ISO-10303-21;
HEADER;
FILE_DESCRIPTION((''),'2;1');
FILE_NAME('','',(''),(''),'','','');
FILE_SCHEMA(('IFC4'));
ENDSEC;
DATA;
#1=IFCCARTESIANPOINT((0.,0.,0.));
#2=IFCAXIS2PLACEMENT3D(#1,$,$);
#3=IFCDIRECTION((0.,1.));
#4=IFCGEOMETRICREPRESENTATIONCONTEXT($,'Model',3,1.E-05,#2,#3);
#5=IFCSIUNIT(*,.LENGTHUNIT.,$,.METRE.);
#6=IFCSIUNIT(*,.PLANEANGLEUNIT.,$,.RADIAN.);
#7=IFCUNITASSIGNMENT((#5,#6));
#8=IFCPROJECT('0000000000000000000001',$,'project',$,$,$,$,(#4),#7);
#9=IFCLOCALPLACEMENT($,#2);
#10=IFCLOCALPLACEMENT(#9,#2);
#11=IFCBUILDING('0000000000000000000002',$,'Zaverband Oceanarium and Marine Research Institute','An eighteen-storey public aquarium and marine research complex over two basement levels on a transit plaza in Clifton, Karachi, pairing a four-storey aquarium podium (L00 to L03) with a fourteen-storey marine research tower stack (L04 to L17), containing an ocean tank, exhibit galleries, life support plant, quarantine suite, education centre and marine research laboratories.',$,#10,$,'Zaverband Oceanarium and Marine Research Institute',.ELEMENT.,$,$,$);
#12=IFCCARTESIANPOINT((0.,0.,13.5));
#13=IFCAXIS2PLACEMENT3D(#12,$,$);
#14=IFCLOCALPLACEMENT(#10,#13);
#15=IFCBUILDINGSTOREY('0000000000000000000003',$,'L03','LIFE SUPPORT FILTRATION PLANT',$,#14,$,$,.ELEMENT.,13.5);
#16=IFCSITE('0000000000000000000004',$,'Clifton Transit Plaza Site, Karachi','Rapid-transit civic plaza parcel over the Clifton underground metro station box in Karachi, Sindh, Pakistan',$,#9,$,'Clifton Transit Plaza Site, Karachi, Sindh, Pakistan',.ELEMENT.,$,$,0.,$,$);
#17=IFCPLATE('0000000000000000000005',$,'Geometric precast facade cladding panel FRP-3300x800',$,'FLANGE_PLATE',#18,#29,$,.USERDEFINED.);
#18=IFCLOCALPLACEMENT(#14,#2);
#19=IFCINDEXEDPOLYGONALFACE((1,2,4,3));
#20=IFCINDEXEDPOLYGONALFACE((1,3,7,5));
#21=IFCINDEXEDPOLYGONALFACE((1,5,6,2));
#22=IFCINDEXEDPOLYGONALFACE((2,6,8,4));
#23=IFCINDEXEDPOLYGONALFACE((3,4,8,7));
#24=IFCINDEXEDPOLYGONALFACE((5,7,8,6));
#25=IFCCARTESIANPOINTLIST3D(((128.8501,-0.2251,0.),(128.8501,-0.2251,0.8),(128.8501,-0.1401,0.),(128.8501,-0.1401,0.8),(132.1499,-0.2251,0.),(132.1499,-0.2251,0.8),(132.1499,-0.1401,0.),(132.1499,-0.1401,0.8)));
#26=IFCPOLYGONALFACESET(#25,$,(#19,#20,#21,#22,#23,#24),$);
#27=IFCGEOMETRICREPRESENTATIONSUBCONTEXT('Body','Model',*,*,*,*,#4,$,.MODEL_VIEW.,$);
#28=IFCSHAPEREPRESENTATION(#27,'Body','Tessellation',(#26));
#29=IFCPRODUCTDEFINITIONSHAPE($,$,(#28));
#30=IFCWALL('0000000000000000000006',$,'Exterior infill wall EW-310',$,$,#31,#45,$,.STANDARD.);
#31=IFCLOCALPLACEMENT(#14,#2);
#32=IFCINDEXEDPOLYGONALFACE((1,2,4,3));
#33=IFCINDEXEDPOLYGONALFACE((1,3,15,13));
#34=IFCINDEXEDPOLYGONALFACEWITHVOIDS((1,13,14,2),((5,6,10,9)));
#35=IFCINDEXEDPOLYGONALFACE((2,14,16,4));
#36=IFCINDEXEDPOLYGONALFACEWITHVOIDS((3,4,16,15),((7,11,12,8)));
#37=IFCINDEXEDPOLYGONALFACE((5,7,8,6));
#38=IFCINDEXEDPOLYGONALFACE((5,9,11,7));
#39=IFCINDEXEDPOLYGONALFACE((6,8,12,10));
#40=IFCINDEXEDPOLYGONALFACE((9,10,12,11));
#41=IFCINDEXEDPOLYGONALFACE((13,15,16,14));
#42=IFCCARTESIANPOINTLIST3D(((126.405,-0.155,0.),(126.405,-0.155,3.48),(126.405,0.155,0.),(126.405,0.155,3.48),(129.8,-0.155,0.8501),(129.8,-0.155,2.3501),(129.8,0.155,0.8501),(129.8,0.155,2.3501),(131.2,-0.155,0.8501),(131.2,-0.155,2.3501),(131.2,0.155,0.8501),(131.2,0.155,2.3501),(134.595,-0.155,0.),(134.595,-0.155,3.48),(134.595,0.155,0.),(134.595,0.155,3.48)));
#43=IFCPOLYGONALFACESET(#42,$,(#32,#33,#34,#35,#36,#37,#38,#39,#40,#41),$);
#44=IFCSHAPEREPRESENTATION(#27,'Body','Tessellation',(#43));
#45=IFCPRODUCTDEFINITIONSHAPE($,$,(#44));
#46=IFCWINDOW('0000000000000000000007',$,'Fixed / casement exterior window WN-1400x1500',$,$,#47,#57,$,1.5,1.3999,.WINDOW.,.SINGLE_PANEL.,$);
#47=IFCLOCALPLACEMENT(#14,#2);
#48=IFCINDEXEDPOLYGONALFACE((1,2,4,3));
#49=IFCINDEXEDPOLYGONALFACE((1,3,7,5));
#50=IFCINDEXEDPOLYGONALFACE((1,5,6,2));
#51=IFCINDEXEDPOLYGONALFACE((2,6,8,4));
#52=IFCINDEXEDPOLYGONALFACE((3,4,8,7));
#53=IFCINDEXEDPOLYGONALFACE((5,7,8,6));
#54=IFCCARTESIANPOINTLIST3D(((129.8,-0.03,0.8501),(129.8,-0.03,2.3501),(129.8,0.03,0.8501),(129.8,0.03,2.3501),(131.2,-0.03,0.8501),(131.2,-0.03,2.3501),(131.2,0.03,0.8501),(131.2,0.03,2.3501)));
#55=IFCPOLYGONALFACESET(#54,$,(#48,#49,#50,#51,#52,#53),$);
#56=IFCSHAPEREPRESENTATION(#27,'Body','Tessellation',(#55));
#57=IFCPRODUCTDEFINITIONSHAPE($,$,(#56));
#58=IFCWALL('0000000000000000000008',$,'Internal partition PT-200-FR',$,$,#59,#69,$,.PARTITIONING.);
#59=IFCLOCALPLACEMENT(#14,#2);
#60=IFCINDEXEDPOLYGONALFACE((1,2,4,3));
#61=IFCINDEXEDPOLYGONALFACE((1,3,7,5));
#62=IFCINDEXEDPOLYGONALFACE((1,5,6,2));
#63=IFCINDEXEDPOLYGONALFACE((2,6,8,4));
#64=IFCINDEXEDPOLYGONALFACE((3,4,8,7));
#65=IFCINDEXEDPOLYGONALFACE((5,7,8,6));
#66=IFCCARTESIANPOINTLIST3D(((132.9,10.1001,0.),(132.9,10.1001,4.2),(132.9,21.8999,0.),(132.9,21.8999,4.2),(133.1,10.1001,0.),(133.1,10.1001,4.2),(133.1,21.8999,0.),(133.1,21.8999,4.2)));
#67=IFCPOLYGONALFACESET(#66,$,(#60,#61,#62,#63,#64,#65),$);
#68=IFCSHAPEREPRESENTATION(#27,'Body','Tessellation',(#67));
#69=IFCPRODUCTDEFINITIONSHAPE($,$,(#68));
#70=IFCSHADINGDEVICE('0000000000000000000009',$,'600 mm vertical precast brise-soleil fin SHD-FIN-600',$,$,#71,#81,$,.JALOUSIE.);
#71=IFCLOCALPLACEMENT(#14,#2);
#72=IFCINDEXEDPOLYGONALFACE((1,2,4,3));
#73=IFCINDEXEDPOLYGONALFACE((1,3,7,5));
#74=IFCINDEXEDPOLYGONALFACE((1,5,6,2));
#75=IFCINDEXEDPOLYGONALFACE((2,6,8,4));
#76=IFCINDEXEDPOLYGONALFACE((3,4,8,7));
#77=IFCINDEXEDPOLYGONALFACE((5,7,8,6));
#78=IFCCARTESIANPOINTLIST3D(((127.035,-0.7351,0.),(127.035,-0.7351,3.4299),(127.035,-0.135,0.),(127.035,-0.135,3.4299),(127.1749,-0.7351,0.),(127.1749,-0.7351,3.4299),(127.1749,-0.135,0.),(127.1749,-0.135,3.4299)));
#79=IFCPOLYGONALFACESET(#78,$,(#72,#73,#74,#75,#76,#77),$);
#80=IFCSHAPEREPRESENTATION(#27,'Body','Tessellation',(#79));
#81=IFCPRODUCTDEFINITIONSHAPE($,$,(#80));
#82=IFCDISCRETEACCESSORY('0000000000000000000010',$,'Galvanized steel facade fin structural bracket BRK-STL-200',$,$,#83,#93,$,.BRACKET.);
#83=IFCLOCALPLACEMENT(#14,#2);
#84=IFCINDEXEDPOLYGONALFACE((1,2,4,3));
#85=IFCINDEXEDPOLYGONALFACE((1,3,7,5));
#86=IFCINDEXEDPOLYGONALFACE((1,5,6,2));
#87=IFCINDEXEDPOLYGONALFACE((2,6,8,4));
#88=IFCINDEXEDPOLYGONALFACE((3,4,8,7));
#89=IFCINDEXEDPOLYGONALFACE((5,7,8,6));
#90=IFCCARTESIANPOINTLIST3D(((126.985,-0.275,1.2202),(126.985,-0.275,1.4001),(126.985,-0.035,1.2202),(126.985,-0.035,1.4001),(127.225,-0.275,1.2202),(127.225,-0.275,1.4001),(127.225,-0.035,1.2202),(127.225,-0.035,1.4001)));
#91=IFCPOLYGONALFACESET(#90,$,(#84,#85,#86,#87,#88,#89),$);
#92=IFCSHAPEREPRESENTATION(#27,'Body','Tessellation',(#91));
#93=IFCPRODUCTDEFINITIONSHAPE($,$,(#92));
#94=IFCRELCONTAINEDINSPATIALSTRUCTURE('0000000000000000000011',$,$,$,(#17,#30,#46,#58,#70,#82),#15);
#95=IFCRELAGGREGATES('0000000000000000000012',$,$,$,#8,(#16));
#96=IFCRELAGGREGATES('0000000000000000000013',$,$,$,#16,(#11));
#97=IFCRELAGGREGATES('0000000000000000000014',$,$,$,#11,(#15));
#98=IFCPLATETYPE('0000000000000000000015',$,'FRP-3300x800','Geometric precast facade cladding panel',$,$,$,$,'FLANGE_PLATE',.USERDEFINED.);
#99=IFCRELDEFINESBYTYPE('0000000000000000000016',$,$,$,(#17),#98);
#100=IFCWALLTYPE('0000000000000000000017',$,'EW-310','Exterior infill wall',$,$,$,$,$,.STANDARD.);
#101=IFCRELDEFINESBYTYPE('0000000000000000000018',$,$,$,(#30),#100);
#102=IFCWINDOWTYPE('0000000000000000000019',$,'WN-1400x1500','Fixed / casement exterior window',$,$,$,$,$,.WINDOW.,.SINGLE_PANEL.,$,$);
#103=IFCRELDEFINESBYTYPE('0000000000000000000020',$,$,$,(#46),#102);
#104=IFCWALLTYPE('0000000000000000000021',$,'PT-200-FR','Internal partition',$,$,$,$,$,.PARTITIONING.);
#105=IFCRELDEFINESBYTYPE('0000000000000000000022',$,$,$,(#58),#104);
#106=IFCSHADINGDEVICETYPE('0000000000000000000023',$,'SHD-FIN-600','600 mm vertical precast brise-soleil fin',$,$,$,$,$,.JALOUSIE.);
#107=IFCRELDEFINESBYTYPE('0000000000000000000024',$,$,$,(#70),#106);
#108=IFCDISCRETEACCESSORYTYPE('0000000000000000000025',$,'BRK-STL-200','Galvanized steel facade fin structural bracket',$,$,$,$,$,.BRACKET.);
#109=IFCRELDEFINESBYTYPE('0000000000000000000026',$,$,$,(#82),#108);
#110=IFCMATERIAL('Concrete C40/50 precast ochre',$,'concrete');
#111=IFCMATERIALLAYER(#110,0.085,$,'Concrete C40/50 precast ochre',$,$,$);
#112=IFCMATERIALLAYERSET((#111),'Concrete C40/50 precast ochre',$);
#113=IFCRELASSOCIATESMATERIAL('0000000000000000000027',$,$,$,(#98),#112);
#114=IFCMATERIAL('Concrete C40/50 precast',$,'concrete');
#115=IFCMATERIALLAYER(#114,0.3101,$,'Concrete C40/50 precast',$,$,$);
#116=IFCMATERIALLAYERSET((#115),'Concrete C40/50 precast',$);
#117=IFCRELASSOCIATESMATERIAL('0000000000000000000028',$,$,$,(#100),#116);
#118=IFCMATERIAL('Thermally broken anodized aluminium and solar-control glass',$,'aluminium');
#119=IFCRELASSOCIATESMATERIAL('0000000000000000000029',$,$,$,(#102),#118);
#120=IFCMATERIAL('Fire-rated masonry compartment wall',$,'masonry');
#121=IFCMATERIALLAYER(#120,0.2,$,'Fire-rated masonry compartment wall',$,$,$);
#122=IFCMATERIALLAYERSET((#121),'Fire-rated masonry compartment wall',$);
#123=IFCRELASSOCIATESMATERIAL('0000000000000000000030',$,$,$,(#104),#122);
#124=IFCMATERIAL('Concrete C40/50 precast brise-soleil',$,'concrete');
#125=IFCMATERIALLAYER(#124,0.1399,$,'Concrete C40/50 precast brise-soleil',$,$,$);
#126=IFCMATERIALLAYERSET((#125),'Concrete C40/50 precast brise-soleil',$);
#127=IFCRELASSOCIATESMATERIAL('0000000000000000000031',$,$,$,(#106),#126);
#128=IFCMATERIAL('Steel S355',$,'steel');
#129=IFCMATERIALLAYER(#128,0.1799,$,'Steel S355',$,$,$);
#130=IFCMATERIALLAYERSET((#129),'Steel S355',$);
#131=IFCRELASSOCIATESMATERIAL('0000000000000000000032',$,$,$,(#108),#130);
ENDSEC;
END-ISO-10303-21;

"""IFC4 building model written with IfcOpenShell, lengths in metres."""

from ifc_helpers import new_model, si_unit, direction, frame, frame_2d, origin, origin_2d, place, context, subcontext, project, spatial, rectangle, extrude, material, layer, layer_set, type_object, element, fill, save


model = new_model("IFC4")

# Units and contexts
model_context = context("Model", 3, precision=1e-05, world=origin(), true_north=direction((0.0, 1.0)))
body_context = subcontext(model_context, "Body", "Model", "MODEL_VIEW")
ifc_project = project(units=[si_unit("LENGTHUNIT", "METRE"), si_unit("PLANEANGLEUNIT", "RADIAN")], contexts=[model_context])

# Site, building, storey
site_placement = place(None, origin())
site = spatial("IfcSite", under=ifc_project, at=site_placement, Name="Clifton Transit Plaza Site, Karachi", Description="Rapid-transit civic plaza parcel over the Clifton underground metro station box in Karachi, Sindh, Pakistan", LongName="Clifton Transit Plaza Site, Karachi, Sindh, Pakistan", CompositionType="ELEMENT", RefElevation=0.0)
building_placement = place(site_placement, origin())
building = spatial("IfcBuilding", under=site, at=building_placement, Name="Zaverband Oceanarium and Marine Research Institute", Description="An eighteen-storey public aquarium and marine research complex over two basement levels on a transit plaza in Clifton, Karachi, pairing a four-storey aquarium podium (L00 to L03) with a fourteen-storey marine research tower stack (L04 to L17), containing an ocean tank, exhibit galleries, life support plant, quarantine suite, education centre and marine research laboratories.", LongName="Zaverband Oceanarium and Marine Research Institute", CompositionType="ELEMENT")
storey_placement = place(building_placement, frame((0.0, 0.0, 13.5)))
storey = spatial("IfcBuildingStorey", under=building, at=storey_placement, Name="L03", Description="LIFE SUPPORT FILTRATION PLANT", CompositionType="ELEMENT", Elevation=13.5)

# Plate
ifc_material_1 = material(Name="Concrete C40/50 precast ochre", Category="concrete")
ifc_layer_1 = layer(ifc_material_1, 0.085, Name="Concrete C40/50 precast ochre")
ifc_layer_set_1 = layer_set([ifc_layer_1], Name="Concrete C40/50 precast ochre")
plate_type = type_object("IfcPlateType", Name="FRP-3300x800", Description="Geometric precast facade cladding panel", ElementType="FLANGE_PLATE", PredefinedType="USERDEFINED", material=ifc_layer_set_1)
plate_placement = place(storey_placement, frame((128.8501, -0.1826, 0.0), z_axis=(0.0, 0.0, 1.0), x_axis=(1.0, 0.0, 0.0)))
element("IfcPlate", 1, at=plate_placement, inside=storey, type_object=plate_type, Name="Geometric precast facade cladding panel FRP-3300x800", ObjectType="FLANGE_PLATE", PredefinedType="USERDEFINED", context=body_context, shape_type="SweptSolid", body=[
    extrude(rectangle(XDim=3.2998, YDim=0.085, at=frame_2d((1.6499, 0.0))), origin(), (0.0, 0.0, 1.0), 0.8),
])

# Wall, opening, window
ifc_material_2 = material(Name="Concrete C40/50 precast", Category="concrete")
ifc_layer_2 = layer(ifc_material_2, 0.3101, Name="Concrete C40/50 precast")
ifc_layer_set_2 = layer_set([ifc_layer_2], Name="Concrete C40/50 precast")
wall_type_1 = type_object("IfcWallType", Name="EW-310", Description="Exterior infill wall", PredefinedType="STANDARD", material=ifc_layer_set_2)
wall_1_placement = place(storey_placement, frame((126.405, 0.0, 0.0), z_axis=(0.0, 0.0, 1.0), x_axis=(1.0, 0.0, 0.0)))
wall_1 = element("IfcWall", 2, at=wall_1_placement, inside=storey, type_object=wall_type_1, Name="Exterior infill wall EW-310", PredefinedType="STANDARD", context=body_context, shape_type="SweptSolid", body=[
    extrude(rectangle(XDim=8.1899, YDim=0.3101, at=frame_2d((4.095, 0.0))), origin(), (0.0, 0.0, 1.0), 3.48),
])
opening_placement = place(wall_1_placement, frame((3.395, 0.0, 0.8501)))
opening = element("IfcOpeningElement", 3, at=opening_placement, cuts=wall_1, PredefinedType="OPENING", context=body_context, shape_type="SweptSolid", body=[
    extrude(rectangle(XDim=1.3999, YDim=1.5, at=frame_2d((0.7, 0.75))), frame((0.0, 0.167, 0.0), z_axis=(0.0, -1.0, 0.0), x_axis=(1.0, 0.0, 0.0)), (0.0, 0.0, 1.0), 0.334),
])
ifc_material_3 = material(Name="Thermally broken anodized aluminium and solar-control glass", Category="aluminium")
window_type = type_object("IfcWindowType", Name="WN-1400x1500", Description="Fixed / casement exterior window", PartitioningType="SINGLE_PANEL", PredefinedType="WINDOW", material=ifc_material_3)
window_placement = place(opening_placement, origin())
window = element("IfcWindow", 4, at=window_placement, inside=storey, type_object=window_type, Name="Fixed / casement exterior window WN-1400x1500", OverallHeight=1.5, OverallWidth=1.3999, PartitioningType="SINGLE_PANEL", PredefinedType="WINDOW", context=body_context, shape_type="SweptSolid", body=[
    extrude(rectangle(XDim=1.3999, YDim=1.5, at=frame_2d((0.7, 0.75))), frame((0.0, 0.03, 0.0), z_axis=(0.0, -1.0, 0.0), x_axis=(1.0, 0.0, 0.0)), (0.0, 0.0, 1.0), 0.0601),
])
fill(opening, window)

# Wall
ifc_material_4 = material(Name="Fire-rated masonry compartment wall", Category="masonry")
ifc_layer_3 = layer(ifc_material_4, 0.2, Name="Fire-rated masonry compartment wall")
ifc_layer_set_3 = layer_set([ifc_layer_3], Name="Fire-rated masonry compartment wall")
wall_type_2 = type_object("IfcWallType", Name="PT-200-FR", Description="Internal partition", PredefinedType="PARTITIONING", material=ifc_layer_set_3)
wall_2_placement = place(storey_placement, frame((133.0, 10.1001, 0.0), z_axis=(0.0, 0.0, 1.0), x_axis=(0.0, 1.0, 0.0)))
element("IfcWall", 5, at=wall_2_placement, inside=storey, type_object=wall_type_2, Name="Internal partition PT-200-FR", PredefinedType="PARTITIONING", context=body_context, shape_type="SweptSolid", body=[
    extrude(rectangle(XDim=11.7998, YDim=0.2, at=frame_2d((5.8999, 0.0))), origin(), (0.0, 0.0, 1.0), 4.2),
])

# Shading device
ifc_material_5 = material(Name="Concrete C40/50 precast brise-soleil", Category="concrete")
ifc_layer_4 = layer(ifc_material_5, 0.1399, Name="Concrete C40/50 precast brise-soleil")
ifc_layer_set_4 = layer_set([ifc_layer_4], Name="Concrete C40/50 precast brise-soleil")
shading_device_type = type_object("IfcShadingDeviceType", Name="SHD-FIN-600", Description="600 mm vertical precast brise-soleil fin", PredefinedType="JALOUSIE", material=ifc_layer_set_4)
shading_device_placement = place(storey_placement, frame((127.105, -0.135, 0.0), z_axis=(0.0, 0.0, 1.0), x_axis=(0.0, -1.0, 0.0)))
element("IfcShadingDevice", 6, at=shading_device_placement, inside=storey, type_object=shading_device_type, Name="600 mm vertical precast brise-soleil fin SHD-FIN-600", PredefinedType="JALOUSIE", context=body_context, shape_type="SweptSolid", body=[
    extrude(rectangle(XDim=0.6001, YDim=0.1399, at=frame_2d((0.3, 0.0))), origin(), (0.0, 0.0, 1.0), 3.4299),
])

# Discrete accessory
ifc_material_6 = material(Name="Steel S355", Category="steel")
ifc_layer_5 = layer(ifc_material_6, 0.1799, Name="Steel S355")
ifc_layer_set_5 = layer_set([ifc_layer_5], Name="Steel S355")
discrete_accessory_type = type_object("IfcDiscreteAccessoryType", Name="BRK-STL-200", Description="Galvanized steel facade fin structural bracket", PredefinedType="BRACKET", material=ifc_layer_set_5)
discrete_accessory_placement = place(storey_placement, frame((127.105, -0.155, 1.2202), z_axis=(0.0, 0.0, 1.0), x_axis=(1.0, 0.0, 0.0)))
element("IfcDiscreteAccessory", 7, at=discrete_accessory_placement, inside=storey, type_object=discrete_accessory_type, Name="Galvanized steel facade fin structural bracket BRK-STL-200", PredefinedType="BRACKET", context=body_context, shape_type="SweptSolid", body=[
    extrude(rectangle(XDim=0.24, YDim=0.24, at=origin_2d()), origin(), (0.0, 0.0, 1.0), 0.1799),
])

save(model, "model.ifc")
